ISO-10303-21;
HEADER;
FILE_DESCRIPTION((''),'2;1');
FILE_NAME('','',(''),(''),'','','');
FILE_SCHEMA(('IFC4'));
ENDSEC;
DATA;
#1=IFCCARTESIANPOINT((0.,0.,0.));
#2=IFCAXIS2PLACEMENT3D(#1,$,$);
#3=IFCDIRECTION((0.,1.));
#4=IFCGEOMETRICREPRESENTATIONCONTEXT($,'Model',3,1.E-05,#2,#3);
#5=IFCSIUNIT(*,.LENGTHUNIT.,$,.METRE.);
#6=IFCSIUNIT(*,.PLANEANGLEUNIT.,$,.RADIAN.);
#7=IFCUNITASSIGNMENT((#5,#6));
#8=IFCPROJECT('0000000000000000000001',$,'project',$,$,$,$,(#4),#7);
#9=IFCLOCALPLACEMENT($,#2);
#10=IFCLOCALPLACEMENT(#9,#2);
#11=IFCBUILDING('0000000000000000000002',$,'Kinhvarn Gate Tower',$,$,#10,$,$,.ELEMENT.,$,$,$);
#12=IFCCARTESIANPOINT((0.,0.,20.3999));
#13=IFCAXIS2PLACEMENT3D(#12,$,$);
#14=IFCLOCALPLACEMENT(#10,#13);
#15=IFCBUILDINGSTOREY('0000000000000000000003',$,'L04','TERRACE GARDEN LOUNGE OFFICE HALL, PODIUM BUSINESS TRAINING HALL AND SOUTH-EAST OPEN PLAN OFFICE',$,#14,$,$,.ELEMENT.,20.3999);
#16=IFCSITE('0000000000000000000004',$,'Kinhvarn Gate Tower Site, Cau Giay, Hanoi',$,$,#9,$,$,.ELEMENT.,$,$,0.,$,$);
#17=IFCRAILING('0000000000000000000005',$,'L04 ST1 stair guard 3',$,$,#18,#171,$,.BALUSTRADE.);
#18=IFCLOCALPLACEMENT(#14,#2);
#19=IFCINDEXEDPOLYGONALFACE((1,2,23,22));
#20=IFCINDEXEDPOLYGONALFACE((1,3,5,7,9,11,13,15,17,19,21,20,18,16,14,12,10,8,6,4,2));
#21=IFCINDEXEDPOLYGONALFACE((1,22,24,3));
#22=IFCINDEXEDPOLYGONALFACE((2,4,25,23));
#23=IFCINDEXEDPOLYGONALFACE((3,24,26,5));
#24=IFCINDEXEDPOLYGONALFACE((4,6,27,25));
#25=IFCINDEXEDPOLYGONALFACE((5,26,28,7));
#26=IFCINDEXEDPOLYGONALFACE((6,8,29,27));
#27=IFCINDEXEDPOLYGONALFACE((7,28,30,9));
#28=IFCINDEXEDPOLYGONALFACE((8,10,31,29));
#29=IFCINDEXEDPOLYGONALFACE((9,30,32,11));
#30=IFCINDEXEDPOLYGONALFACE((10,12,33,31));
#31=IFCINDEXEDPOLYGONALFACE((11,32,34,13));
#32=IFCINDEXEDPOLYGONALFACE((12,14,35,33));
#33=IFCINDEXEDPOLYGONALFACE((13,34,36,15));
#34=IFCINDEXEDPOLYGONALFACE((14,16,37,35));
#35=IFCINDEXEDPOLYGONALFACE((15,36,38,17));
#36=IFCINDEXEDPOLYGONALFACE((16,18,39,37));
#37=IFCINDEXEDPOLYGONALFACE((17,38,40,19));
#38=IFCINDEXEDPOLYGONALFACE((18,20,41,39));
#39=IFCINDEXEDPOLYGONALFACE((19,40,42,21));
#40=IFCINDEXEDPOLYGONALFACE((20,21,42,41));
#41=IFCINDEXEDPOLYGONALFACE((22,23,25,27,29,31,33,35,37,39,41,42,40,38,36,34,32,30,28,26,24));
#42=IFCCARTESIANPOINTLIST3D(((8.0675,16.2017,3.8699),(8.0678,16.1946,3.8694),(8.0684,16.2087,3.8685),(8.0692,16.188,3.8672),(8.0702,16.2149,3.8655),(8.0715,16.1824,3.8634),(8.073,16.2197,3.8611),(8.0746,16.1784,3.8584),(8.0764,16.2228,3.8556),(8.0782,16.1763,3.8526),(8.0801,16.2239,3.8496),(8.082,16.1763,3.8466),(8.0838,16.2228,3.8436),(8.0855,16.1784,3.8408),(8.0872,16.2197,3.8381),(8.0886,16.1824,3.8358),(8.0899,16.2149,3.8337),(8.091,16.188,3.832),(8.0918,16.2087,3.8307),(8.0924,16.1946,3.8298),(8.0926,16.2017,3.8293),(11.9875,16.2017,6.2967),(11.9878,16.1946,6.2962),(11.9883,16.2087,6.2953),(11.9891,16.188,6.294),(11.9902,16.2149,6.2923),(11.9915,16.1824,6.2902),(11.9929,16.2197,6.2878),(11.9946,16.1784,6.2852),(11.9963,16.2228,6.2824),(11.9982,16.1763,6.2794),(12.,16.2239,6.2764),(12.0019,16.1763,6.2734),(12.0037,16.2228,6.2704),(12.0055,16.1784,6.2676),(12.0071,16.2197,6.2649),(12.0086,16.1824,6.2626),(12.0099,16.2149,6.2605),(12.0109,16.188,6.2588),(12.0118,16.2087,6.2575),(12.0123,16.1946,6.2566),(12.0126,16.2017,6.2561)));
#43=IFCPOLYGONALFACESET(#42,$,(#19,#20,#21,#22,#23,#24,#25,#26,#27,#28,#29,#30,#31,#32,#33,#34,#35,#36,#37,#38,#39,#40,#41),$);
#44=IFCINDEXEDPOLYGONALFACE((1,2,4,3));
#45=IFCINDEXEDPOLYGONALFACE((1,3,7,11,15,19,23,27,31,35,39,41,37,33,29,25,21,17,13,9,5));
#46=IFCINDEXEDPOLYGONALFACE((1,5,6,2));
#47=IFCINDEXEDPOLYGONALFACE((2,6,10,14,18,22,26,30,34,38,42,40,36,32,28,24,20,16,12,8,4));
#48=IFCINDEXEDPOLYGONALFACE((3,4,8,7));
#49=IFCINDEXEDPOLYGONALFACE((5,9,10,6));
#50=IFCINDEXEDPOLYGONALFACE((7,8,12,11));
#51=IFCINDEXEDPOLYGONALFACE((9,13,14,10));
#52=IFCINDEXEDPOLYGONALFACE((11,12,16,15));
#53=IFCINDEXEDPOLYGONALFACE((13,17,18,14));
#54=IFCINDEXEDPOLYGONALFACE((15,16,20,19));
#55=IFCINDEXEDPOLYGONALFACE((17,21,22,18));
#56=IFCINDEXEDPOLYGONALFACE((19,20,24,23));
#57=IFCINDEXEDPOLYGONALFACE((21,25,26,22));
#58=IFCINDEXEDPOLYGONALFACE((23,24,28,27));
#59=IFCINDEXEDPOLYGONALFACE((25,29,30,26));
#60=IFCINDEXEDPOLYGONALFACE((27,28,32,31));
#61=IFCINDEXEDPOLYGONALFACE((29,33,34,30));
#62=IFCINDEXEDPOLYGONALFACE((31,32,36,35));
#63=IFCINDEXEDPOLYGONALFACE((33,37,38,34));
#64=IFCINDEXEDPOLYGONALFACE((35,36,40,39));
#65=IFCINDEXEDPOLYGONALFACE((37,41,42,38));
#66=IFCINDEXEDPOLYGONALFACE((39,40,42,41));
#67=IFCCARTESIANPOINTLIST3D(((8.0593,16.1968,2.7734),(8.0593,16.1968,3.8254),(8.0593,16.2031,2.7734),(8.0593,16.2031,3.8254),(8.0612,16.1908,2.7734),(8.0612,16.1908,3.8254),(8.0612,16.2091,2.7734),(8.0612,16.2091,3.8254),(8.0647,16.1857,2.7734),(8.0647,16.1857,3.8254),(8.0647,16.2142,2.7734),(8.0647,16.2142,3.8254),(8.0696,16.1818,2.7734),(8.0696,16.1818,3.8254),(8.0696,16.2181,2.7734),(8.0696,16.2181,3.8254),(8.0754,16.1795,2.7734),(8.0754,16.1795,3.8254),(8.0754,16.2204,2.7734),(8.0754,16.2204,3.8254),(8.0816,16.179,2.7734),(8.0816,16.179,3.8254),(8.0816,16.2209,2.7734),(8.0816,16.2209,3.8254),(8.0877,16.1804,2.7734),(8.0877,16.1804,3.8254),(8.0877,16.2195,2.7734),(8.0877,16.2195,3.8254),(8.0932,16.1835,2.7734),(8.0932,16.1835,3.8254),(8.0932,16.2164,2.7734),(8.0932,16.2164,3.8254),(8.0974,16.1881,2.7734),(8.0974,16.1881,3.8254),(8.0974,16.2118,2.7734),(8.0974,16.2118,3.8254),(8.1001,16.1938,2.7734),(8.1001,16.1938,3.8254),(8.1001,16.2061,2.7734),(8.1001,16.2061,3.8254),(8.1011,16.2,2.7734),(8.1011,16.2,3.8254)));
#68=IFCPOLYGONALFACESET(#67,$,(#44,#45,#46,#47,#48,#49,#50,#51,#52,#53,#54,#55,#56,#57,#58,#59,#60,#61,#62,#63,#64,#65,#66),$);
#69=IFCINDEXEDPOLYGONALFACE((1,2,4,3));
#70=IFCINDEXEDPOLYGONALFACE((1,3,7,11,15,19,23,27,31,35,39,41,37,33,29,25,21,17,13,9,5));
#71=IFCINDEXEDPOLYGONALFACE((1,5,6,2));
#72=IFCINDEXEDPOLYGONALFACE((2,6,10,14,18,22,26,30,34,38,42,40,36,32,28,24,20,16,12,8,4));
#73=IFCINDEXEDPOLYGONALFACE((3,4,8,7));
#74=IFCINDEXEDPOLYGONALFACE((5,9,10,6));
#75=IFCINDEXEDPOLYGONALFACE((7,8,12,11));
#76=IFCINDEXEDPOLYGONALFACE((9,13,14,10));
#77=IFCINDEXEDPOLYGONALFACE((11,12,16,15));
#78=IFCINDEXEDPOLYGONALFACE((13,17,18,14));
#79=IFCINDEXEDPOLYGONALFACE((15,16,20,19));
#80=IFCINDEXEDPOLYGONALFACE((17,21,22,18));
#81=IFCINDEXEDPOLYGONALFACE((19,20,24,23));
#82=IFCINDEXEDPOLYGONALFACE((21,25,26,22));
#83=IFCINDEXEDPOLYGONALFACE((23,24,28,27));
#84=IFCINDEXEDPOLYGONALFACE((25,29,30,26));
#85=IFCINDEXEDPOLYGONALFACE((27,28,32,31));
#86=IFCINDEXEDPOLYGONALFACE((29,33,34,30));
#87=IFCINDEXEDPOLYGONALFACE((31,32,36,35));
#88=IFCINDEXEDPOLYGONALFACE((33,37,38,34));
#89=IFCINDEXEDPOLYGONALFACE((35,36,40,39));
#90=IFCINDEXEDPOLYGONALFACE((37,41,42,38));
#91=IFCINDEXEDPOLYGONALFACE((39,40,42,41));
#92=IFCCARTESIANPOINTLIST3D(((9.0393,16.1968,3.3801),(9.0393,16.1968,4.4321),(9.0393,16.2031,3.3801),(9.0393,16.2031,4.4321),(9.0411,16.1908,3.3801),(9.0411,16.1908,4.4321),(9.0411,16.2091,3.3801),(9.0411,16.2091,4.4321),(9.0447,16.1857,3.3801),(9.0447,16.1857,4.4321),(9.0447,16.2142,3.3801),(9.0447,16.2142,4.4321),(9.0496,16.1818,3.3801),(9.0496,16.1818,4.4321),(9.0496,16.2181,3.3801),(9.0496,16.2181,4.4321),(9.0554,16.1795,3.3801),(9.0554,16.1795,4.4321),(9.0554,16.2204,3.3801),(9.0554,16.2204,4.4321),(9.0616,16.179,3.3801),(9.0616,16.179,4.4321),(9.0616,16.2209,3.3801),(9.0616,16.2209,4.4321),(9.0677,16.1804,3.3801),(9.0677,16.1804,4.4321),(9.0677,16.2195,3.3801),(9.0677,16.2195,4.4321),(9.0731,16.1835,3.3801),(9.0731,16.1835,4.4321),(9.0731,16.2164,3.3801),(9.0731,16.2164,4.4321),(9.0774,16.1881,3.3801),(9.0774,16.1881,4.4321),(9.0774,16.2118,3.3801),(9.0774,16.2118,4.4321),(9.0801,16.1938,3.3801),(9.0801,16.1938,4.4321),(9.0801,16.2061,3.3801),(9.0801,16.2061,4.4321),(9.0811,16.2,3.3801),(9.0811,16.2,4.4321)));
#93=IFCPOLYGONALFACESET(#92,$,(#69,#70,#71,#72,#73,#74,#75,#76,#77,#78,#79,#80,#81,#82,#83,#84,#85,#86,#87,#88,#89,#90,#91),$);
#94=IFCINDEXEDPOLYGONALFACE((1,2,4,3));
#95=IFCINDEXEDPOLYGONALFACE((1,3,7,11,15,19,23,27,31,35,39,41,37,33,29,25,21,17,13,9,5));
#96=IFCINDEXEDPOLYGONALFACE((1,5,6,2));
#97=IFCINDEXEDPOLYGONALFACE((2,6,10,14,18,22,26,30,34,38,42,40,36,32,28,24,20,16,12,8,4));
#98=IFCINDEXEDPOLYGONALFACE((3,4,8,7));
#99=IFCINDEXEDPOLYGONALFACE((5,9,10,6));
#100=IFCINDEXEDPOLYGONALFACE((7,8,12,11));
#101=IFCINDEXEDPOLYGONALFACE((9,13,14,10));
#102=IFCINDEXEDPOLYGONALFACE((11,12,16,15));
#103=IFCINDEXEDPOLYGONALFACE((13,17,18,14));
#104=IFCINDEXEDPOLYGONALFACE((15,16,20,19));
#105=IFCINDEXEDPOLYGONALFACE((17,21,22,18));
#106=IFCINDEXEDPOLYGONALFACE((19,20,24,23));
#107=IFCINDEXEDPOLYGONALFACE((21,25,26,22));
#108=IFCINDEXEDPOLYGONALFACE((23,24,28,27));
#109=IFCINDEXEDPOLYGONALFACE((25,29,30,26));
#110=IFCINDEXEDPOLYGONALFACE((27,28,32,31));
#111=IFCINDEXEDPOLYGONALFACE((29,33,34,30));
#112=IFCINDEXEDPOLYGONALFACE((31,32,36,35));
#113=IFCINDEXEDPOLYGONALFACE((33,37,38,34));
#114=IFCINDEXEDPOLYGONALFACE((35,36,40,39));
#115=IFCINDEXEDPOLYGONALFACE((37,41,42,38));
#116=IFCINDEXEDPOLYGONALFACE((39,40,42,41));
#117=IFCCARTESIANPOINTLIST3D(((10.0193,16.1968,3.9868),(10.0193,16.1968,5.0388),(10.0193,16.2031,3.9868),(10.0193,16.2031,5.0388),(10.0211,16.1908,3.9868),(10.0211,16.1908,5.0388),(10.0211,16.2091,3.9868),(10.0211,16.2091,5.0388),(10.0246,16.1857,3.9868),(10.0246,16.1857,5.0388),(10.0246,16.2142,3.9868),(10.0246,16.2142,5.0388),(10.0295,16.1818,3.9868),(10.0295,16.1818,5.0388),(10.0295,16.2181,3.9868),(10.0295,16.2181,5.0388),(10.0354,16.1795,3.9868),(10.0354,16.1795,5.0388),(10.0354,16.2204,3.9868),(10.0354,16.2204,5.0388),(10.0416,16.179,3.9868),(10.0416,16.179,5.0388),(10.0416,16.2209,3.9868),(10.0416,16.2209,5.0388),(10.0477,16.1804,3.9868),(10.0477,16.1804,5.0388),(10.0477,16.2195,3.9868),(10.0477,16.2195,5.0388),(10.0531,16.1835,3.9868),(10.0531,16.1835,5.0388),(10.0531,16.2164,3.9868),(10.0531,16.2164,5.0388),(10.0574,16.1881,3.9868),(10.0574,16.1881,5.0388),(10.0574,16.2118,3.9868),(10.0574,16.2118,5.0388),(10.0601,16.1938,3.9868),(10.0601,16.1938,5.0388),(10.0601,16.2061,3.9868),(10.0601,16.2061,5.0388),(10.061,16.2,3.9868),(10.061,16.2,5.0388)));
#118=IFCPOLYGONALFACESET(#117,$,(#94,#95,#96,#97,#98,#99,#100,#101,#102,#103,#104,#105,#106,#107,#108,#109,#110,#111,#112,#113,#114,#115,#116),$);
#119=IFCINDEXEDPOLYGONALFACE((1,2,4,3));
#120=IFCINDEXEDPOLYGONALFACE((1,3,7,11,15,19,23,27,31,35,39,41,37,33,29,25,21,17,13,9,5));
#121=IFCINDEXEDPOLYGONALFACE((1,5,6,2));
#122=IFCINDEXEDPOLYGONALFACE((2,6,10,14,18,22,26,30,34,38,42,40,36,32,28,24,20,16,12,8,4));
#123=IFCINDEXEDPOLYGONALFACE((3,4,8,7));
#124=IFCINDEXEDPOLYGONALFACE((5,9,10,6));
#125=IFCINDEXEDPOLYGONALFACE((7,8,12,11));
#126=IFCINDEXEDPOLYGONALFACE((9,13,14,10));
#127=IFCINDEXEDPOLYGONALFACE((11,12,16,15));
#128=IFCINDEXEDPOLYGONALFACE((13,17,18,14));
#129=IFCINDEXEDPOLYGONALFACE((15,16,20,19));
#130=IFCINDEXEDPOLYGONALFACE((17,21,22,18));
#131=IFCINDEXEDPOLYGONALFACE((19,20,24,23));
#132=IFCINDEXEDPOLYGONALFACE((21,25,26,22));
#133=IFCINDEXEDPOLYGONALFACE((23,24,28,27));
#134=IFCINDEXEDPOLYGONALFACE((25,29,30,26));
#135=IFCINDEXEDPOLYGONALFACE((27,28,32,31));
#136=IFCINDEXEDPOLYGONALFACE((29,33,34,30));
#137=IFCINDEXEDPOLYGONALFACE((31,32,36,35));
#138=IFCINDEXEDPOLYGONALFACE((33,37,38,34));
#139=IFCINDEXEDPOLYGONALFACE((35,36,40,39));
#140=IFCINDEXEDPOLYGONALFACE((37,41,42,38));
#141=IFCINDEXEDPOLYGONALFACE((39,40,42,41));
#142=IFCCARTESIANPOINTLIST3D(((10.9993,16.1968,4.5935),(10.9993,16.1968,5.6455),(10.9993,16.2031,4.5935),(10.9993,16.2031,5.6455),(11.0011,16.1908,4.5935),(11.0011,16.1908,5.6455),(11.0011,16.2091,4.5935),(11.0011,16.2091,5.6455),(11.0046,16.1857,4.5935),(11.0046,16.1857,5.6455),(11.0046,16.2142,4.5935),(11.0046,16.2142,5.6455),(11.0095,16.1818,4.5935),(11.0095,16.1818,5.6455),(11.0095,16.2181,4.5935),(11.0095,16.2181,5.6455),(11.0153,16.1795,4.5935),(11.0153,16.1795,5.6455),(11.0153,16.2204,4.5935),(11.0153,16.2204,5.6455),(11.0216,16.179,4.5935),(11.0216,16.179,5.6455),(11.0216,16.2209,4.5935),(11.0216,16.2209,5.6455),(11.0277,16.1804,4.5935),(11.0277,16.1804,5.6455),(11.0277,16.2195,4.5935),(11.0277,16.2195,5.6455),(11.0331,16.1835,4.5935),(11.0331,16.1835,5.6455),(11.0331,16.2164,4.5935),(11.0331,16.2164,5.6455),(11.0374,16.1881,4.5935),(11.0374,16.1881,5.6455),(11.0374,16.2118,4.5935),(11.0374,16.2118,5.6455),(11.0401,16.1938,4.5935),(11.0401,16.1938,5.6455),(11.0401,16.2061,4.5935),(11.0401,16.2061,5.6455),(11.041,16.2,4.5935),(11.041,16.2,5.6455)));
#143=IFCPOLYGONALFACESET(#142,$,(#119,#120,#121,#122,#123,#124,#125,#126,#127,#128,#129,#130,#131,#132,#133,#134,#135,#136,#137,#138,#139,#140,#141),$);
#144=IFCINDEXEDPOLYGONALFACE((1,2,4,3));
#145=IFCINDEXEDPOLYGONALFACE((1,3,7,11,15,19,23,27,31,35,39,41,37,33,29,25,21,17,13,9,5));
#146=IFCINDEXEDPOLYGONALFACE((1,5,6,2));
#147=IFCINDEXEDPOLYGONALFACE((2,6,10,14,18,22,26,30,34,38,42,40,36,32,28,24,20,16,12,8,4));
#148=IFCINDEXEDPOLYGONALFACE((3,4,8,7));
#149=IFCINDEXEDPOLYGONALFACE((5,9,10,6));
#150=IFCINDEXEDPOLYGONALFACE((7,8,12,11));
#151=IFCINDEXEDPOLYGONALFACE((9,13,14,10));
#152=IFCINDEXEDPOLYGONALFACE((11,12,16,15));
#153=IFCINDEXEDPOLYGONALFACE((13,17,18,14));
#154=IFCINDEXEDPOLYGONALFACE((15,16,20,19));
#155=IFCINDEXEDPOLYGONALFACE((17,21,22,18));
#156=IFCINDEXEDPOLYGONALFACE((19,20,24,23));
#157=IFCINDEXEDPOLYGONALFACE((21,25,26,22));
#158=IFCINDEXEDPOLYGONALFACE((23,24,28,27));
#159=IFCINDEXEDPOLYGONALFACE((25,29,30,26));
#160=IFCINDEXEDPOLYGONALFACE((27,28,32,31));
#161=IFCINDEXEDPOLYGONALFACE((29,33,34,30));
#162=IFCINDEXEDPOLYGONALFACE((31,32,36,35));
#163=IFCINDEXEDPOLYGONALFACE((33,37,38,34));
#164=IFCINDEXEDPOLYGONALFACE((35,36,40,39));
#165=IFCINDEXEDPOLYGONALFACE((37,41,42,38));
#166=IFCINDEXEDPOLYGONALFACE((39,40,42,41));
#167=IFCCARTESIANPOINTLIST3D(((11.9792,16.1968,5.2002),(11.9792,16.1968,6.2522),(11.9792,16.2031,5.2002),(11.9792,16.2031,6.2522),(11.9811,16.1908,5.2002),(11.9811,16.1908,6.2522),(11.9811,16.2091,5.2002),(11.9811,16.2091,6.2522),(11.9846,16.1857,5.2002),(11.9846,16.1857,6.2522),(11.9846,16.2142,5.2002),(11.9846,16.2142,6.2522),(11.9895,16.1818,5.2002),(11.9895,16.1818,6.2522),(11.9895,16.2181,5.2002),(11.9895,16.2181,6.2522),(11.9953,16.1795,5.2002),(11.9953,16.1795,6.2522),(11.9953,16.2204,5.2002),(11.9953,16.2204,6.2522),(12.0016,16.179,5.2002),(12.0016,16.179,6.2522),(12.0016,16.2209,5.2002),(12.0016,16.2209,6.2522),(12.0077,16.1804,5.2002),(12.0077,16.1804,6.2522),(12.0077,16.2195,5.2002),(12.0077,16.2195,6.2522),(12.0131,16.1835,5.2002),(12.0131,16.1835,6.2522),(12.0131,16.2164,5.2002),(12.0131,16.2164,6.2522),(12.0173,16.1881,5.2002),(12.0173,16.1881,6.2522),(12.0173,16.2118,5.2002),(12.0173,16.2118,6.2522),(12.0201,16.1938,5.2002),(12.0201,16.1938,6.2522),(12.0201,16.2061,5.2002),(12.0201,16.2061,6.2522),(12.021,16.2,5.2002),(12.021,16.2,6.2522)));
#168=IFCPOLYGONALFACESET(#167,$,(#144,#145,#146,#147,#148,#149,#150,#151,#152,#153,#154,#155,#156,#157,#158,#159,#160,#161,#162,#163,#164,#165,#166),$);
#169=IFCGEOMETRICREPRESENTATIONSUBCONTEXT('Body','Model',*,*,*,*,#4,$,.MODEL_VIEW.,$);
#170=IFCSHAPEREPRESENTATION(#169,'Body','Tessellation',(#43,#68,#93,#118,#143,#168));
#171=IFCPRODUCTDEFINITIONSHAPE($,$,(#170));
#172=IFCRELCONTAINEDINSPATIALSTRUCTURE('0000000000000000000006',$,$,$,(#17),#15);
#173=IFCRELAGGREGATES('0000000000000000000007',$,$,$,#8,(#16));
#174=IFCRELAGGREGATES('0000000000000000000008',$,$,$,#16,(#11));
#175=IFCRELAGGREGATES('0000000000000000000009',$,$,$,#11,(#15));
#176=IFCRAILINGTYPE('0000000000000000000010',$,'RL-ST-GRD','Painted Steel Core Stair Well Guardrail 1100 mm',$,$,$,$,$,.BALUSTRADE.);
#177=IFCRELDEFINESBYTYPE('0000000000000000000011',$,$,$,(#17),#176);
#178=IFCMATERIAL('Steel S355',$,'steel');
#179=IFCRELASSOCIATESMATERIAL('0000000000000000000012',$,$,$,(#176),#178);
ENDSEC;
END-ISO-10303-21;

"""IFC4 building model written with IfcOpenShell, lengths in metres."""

from ifc_helpers import new_model, si_unit, direction, frame, origin, origin_2d, place, context, subcontext, project, spatial, circle, extrude, material, type_object, element, save


model = new_model("IFC4")

# Units and contexts
model_context = context("Model", 3, precision=1e-05, world=origin(), true_north=direction((0.0, 1.0)))
body_context = subcontext(model_context, "Body", "Model", "MODEL_VIEW")
ifc_project = project(units=[si_unit("LENGTHUNIT", "METRE"), si_unit("PLANEANGLEUNIT", "RADIAN")], contexts=[model_context])

# Site, building, storey
site_placement = place(None, origin())
site = spatial("IfcSite", under=ifc_project, at=site_placement, Name="Kinhvarn Gate Tower Site, Cau Giay, Hanoi", CompositionType="ELEMENT", RefElevation=0.0)
building_placement = place(site_placement, origin())
building = spatial("IfcBuilding", under=site, at=building_placement, Name="Kinhvarn Gate Tower", CompositionType="ELEMENT")
storey_placement = place(building_placement, frame((0.0, 0.0, 20.3999)))
storey = spatial("IfcBuildingStorey", under=building, at=storey_placement, Name="L04", Description="TERRACE GARDEN LOUNGE OFFICE HALL, PODIUM BUSINESS TRAINING HALL AND SOUTH-EAST OPEN PLAN OFFICE", CompositionType="ELEMENT", Elevation=20.3999)

# Shared definitions
ifc_material_1 = material(Name="Steel S355", Category="steel")

# Railing
railing_type_1 = type_object("IfcRailingType", Name="RL-ST-GRD", Description="Painted Steel Core Stair Well Guardrail 1100 mm", PredefinedType="BALUSTRADE", material=ifc_material_1)
railing_1_placement = place(storey_placement, frame((8.0801, 16.2, 2.7734)))
element("IfcRailing", 1, at=railing_1_placement, inside=storey, type_object=railing_type_1, Name="L04 ST1 stair guard 3", PredefinedType="BALUSTRADE", context=body_context, shape_type="SweptSolid", body=[
    extrude(circle(Radius=0.0239, at=origin_2d()), frame((0.0, 0.0, 1.0762), z_axis=(0.850252, 0.0, 0.526376), x_axis=(0.0, 1.0, 0.0)), (0.0, 0.0, 1.0), 4.6104),
    extrude(circle(Radius=0.021, at=origin_2d()), origin(), (0.0, 0.0, 1.0), 1.052),
    extrude(circle(Radius=0.021, at=origin_2d()), frame((0.98, 0.0, 0.6067)), (0.0, 0.0, 1.0), 1.052),
    extrude(circle(Radius=0.021, at=origin_2d()), frame((1.96, 0.0, 1.2134)), (0.0, 0.0, 1.0), 1.052),
    extrude(circle(Radius=0.021, at=origin_2d()), frame((2.9399, 0.0, 1.8201)), (0.0, 0.0, 1.0), 1.052),
    extrude(circle(Radius=0.021, at=origin_2d()), frame((3.9199, 0.0, 2.4268)), (0.0, 0.0, 1.0), 1.052),
])

save(model, "model.ifc")
